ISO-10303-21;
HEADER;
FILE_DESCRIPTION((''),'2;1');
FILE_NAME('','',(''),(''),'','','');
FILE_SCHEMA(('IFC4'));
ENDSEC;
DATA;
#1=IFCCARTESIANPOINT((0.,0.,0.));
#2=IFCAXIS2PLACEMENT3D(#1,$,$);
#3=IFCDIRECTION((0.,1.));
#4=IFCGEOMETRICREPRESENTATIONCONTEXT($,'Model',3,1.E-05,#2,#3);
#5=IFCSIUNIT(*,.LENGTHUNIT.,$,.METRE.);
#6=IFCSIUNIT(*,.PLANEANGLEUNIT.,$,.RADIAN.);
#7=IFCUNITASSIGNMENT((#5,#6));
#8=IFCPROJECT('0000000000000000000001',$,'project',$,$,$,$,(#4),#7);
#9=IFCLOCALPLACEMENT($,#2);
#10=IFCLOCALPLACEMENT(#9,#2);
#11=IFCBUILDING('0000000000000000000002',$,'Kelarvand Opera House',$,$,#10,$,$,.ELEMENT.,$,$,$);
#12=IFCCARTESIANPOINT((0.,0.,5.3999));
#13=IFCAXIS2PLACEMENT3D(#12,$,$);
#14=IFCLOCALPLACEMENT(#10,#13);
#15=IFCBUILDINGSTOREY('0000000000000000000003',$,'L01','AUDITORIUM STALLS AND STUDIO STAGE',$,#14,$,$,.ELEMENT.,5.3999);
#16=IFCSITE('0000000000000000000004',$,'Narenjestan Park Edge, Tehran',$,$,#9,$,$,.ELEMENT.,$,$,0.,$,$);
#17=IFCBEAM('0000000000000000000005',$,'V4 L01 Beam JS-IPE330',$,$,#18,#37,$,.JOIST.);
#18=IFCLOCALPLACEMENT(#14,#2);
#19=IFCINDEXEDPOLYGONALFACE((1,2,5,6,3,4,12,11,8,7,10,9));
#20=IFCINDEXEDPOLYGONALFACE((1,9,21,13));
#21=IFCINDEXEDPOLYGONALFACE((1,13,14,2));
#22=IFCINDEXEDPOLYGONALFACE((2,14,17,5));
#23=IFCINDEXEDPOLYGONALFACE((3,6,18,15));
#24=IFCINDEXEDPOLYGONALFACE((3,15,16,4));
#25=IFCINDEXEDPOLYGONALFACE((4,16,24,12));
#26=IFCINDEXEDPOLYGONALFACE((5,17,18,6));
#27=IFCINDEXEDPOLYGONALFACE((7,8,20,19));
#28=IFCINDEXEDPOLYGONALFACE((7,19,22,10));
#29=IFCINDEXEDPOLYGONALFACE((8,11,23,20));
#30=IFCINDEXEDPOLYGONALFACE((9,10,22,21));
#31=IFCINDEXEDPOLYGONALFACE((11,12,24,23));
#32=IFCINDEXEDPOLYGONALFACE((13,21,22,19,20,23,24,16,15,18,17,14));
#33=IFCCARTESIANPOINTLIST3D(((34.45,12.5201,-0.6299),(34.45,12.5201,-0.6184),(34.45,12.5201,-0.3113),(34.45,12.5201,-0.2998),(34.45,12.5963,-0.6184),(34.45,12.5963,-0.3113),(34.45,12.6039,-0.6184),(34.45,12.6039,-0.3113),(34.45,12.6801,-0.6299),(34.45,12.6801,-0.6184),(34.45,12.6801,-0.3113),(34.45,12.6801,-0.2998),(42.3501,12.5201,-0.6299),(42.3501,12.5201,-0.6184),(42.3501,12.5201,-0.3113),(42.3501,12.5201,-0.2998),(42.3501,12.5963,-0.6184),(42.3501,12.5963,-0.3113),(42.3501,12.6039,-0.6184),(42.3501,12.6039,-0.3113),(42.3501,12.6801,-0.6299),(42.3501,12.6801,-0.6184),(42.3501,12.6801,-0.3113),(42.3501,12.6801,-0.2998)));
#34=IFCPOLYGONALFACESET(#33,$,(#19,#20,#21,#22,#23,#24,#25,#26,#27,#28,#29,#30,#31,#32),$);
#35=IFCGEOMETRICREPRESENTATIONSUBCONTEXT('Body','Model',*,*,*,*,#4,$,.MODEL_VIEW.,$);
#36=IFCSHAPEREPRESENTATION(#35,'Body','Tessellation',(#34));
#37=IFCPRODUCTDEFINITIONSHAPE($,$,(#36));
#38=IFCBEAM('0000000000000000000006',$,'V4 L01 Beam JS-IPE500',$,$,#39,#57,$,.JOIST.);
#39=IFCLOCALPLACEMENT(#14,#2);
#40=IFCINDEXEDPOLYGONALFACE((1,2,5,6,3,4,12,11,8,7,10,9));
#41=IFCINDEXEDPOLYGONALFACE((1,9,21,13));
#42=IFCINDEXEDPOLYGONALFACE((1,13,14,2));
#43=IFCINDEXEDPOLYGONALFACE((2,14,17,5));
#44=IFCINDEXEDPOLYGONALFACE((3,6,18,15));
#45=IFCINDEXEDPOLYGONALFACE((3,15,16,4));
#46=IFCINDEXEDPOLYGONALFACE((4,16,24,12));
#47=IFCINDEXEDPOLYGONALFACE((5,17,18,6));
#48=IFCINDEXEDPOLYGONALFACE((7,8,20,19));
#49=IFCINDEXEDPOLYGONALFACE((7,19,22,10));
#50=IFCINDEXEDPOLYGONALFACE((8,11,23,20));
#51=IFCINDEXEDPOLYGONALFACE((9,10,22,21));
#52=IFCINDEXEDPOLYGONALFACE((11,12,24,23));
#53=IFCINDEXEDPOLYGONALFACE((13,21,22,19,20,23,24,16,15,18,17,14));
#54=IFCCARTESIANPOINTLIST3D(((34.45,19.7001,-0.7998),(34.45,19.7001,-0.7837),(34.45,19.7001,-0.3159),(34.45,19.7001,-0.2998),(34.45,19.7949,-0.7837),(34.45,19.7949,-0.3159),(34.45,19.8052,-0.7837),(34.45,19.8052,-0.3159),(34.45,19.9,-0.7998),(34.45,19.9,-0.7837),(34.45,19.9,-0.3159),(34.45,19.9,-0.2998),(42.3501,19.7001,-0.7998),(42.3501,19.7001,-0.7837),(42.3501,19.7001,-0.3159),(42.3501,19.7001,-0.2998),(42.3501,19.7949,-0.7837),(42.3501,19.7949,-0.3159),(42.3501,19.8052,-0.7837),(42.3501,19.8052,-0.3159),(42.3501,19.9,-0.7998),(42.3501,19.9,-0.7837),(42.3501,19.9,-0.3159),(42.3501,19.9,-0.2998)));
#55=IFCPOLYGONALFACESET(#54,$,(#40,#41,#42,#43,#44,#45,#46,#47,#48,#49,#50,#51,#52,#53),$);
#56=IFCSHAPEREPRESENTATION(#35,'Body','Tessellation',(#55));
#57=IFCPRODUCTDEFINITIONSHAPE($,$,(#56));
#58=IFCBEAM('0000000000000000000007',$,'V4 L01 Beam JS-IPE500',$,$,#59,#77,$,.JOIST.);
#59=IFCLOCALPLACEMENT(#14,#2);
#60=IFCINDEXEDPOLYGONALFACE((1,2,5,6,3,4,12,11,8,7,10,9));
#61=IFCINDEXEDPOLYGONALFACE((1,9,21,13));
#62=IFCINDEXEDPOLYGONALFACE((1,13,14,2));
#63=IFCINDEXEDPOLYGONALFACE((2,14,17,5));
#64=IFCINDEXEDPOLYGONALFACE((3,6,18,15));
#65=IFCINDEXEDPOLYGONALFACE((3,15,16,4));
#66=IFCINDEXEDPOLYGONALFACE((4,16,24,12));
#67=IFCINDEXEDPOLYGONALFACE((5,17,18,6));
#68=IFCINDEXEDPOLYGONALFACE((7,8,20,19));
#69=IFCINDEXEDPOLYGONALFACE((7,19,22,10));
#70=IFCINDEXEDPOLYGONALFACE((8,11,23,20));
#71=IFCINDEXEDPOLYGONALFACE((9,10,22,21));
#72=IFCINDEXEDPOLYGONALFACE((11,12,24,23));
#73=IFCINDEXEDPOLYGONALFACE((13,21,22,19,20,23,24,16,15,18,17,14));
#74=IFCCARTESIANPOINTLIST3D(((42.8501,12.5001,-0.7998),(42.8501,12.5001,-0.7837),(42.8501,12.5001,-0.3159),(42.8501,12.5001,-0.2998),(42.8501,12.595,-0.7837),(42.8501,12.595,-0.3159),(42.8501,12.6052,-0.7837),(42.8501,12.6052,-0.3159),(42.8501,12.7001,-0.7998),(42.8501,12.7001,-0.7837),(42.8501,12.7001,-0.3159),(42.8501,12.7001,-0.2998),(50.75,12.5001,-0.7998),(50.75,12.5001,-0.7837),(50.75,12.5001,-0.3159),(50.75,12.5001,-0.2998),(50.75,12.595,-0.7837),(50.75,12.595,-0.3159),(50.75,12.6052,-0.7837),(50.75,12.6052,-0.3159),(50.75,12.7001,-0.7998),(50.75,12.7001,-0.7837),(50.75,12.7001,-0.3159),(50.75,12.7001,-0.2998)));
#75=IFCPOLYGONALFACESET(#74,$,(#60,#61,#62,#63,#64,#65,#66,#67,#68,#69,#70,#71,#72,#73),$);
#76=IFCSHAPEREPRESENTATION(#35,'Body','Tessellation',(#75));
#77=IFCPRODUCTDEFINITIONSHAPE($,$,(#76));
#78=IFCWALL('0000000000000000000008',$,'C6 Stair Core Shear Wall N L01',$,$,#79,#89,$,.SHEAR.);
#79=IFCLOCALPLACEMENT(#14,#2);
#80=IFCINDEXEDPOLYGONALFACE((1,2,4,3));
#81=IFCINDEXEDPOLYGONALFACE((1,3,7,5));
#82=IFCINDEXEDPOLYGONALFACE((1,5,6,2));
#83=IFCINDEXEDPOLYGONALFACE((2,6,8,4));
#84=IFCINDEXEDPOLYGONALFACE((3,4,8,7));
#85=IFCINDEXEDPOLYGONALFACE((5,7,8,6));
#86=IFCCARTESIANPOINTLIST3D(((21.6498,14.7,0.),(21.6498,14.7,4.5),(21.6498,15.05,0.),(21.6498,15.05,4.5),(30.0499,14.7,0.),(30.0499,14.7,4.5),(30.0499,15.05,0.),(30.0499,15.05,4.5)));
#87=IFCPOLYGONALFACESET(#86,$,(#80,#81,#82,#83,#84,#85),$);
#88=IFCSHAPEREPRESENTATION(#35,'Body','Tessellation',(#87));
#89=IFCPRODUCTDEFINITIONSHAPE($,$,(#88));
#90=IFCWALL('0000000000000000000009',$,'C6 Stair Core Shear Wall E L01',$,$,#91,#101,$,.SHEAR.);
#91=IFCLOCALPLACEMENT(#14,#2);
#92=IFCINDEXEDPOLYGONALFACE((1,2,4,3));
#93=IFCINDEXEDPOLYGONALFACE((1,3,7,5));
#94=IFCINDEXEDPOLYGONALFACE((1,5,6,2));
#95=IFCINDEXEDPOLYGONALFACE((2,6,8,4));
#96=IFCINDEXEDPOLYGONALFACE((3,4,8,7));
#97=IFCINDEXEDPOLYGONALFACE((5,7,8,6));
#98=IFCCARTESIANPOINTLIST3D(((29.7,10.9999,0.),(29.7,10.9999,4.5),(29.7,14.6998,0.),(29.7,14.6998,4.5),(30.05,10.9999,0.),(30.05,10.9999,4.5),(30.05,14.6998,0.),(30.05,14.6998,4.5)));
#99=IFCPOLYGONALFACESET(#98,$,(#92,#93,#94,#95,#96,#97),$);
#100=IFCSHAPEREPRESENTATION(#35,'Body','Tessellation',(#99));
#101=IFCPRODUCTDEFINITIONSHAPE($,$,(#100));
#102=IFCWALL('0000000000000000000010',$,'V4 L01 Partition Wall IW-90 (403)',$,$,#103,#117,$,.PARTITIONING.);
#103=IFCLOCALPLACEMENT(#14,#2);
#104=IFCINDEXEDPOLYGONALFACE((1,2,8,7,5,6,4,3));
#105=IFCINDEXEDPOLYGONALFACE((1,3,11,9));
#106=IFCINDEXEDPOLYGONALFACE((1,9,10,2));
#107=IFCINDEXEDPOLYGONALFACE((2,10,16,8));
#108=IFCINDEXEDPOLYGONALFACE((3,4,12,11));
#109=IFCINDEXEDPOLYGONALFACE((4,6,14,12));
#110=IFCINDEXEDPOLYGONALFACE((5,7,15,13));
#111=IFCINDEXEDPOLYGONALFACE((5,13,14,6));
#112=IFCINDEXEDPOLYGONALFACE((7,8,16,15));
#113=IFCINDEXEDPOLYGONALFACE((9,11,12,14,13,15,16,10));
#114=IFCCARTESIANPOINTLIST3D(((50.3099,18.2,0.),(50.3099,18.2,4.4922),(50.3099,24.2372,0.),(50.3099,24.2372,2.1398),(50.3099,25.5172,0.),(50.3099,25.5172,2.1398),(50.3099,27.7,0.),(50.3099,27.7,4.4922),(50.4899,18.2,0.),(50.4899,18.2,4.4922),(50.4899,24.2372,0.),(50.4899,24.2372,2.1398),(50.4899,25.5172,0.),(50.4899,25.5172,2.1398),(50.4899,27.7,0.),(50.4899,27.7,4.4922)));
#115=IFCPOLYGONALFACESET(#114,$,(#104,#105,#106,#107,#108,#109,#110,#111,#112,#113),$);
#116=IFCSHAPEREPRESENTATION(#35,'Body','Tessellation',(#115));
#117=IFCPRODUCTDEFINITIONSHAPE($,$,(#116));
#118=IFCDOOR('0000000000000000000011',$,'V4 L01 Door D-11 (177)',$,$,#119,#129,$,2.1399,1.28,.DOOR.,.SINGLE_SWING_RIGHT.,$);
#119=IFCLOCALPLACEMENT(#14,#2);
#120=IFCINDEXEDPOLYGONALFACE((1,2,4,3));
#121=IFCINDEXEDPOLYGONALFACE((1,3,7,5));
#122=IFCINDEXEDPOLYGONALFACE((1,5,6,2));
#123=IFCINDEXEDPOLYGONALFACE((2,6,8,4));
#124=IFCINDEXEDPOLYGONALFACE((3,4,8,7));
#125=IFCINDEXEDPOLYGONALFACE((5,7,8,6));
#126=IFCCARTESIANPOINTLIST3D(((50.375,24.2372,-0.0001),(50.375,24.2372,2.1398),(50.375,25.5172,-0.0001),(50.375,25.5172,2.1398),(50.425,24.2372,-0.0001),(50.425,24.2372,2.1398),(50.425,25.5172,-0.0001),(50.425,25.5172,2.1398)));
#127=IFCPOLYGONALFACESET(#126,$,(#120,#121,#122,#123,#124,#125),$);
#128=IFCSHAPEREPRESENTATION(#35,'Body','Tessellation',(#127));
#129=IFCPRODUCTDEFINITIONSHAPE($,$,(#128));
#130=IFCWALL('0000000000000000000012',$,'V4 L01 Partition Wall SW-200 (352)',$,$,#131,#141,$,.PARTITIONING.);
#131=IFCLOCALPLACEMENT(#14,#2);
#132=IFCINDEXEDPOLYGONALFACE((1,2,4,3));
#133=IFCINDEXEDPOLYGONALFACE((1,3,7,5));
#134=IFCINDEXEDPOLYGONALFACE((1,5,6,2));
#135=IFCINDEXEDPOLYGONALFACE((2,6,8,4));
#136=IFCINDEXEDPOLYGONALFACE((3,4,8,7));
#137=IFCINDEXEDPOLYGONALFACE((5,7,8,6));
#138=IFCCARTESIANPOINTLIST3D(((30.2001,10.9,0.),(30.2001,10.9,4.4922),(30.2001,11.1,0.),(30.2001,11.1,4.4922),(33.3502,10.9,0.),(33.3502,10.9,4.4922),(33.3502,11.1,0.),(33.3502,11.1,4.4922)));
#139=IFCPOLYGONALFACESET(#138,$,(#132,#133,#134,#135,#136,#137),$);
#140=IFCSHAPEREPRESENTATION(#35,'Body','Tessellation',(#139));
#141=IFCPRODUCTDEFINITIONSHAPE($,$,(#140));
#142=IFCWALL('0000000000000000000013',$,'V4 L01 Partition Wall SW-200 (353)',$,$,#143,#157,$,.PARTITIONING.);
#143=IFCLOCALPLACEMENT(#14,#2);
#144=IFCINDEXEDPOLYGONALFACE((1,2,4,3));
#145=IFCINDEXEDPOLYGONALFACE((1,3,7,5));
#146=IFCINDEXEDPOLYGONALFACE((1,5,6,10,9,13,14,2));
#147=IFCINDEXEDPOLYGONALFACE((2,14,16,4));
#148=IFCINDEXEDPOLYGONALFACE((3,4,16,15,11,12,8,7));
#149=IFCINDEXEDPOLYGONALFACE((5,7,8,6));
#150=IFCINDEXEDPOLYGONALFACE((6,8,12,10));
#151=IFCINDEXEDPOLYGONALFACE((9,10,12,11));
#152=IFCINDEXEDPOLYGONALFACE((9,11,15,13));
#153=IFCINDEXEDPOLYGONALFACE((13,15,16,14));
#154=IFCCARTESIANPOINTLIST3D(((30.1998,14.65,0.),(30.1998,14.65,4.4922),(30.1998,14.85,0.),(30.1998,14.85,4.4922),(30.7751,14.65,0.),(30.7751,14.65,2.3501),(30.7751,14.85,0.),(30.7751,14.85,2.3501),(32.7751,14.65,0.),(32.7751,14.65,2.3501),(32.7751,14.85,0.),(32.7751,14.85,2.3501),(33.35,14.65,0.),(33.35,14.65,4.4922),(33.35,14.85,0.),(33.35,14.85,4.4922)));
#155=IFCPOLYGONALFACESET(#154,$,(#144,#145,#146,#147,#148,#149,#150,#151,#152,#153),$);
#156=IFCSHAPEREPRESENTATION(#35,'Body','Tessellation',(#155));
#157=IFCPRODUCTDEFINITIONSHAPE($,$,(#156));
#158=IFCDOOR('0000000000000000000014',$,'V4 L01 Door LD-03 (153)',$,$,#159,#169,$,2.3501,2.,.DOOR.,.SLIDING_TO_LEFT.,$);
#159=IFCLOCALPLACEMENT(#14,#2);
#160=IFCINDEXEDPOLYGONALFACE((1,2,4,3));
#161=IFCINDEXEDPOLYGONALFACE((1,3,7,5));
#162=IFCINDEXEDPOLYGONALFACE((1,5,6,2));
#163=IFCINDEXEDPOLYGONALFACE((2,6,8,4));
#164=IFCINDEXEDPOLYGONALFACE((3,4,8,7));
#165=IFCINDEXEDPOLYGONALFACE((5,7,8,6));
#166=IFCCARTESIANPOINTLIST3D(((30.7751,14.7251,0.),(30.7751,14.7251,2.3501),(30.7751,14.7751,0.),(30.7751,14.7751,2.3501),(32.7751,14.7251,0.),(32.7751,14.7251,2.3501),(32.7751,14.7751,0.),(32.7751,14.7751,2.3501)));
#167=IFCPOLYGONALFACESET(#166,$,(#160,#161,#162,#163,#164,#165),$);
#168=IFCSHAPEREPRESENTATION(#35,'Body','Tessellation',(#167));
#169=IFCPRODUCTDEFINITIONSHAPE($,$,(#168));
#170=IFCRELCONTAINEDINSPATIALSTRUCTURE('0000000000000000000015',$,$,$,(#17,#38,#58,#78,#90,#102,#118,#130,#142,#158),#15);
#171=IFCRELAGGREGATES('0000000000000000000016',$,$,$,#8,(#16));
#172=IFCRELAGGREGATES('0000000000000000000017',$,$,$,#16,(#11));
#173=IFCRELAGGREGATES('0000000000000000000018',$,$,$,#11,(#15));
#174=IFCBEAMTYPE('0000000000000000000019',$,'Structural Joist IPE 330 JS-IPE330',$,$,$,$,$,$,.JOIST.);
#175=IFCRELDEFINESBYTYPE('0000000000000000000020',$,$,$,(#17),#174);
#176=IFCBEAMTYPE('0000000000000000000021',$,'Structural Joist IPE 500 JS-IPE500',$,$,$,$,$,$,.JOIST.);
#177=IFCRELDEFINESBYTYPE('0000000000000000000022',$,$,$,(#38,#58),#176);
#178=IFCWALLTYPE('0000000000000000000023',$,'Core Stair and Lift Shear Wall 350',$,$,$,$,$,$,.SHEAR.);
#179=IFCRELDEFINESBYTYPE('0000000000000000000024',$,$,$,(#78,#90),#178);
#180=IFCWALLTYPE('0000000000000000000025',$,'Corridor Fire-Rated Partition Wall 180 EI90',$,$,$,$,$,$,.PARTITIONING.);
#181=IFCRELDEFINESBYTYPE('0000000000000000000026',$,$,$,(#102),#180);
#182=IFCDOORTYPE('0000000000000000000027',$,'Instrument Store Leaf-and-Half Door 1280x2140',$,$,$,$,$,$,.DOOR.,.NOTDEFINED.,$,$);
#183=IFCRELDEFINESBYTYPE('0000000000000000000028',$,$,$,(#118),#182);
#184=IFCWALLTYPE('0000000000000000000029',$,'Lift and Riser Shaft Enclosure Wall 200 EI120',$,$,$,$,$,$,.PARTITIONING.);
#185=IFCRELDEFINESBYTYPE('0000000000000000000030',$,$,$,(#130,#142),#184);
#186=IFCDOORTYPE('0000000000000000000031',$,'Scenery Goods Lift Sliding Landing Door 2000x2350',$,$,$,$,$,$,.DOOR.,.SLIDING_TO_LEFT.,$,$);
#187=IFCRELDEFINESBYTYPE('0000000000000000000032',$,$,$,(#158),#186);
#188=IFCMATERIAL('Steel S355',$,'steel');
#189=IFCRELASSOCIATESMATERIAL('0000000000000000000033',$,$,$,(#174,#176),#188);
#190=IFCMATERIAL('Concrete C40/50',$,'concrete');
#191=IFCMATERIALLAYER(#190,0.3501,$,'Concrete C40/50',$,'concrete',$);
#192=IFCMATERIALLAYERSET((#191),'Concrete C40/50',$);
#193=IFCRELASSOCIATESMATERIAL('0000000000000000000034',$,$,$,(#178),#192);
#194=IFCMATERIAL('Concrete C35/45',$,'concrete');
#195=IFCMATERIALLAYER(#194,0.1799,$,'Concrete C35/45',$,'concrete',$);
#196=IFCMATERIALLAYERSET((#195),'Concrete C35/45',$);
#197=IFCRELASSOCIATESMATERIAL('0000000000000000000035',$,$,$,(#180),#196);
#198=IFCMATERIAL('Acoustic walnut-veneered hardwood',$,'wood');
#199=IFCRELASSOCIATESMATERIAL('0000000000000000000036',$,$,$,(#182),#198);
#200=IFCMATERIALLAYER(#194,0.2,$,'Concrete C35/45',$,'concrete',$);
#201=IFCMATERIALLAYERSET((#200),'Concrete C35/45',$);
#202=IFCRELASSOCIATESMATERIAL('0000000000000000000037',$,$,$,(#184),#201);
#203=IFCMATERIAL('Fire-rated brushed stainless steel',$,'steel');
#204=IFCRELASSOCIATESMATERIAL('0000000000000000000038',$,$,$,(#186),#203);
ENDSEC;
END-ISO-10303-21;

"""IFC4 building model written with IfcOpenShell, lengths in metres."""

from ifc_helpers import new_model, si_unit, direction, frame, frame_2d, origin, origin_2d, place, context, subcontext, project, spatial, rectangle, i_section, extrude, material, layer, layer_set, material_profile, profile_set, type_object, element, fill, save


model = new_model("IFC4")

# Units and contexts
model_context = context("Model", 3, precision=1e-05, world=origin(), true_north=direction((0.0, 1.0)))
body_context = subcontext(model_context, "Body", "Model", "MODEL_VIEW")
ifc_project = project(units=[si_unit("LENGTHUNIT", "METRE"), si_unit("PLANEANGLEUNIT", "RADIAN")], contexts=[model_context])

# Site, building, storey
site_placement = place(None, origin())
site = spatial("IfcSite", under=ifc_project, at=site_placement, Name="Narenjestan Park Edge, Tehran", CompositionType="ELEMENT", RefElevation=0.0)
building_placement = place(site_placement, origin())
building = spatial("IfcBuilding", under=site, at=building_placement, Name="Kelarvand Opera House", CompositionType="ELEMENT")
storey_placement = place(building_placement, frame((0.0, 0.0, 5.3999)))
storey = spatial("IfcBuildingStorey", under=building, at=storey_placement, Name="L01", Description="AUDITORIUM STALLS AND STUDIO STAGE", CompositionType="ELEMENT", Elevation=5.3999)

# Shared definitions
ifc_material_1 = material(Name="Concrete C40/50", Category="concrete")

# Beams
ifc_material_2 = material(Name="Concrete C35/45", Category="concrete")
ifc_material_3 = material(Name="Steel S355", Category="steel")
ifc_material_profile_1 = material_profile(ifc_material_3, i_section(OverallWidth=0.1599, OverallDepth=0.3301, WebThickness=0.0076, FlangeThickness=0.0115, at=origin_2d()), Name="IPE 330", Category="steel")
ifc_profile_set_1 = profile_set([ifc_material_profile_1], Name="Steel S355")
beam_type_1 = type_object("IfcBeamType", Name="Structural Joist IPE 330 JS-IPE330", PredefinedType="JOIST", material=ifc_profile_set_1)
beam_1_placement = place(storey_placement, frame((34.45, 12.6001, -0.4648), z_axis=(1.0, 0.0, 0.0), x_axis=(0.0, 1.0, 0.0)))
element("IfcBeam", 1, at=beam_1_placement, inside=storey, type_object=beam_type_1, Name="V4 L01 Beam JS-IPE330", PredefinedType="JOIST", context=body_context, shape_type="SweptSolid", body=[
    extrude(i_section(OverallWidth=0.1599, OverallDepth=0.3301, WebThickness=0.0076, FlangeThickness=0.0115, at=origin_2d()), origin(), (0.0, 0.0, 1.0), 7.9001),
])
ifc_material_profile_2 = material_profile(ifc_material_3, i_section(OverallWidth=0.2, OverallDepth=0.5, WebThickness=0.0103, FlangeThickness=0.0161, at=origin_2d()), Name="IPE 500", Category="steel")
ifc_profile_set_2 = profile_set([ifc_material_profile_2], Name="Steel S355")
beam_type_2 = type_object("IfcBeamType", Name="Structural Joist IPE 500 JS-IPE500", PredefinedType="JOIST", material=ifc_profile_set_2)
beam_2_placement = place(storey_placement, frame((34.45, 19.8, -0.5498), z_axis=(1.0, 0.0, 0.0), x_axis=(0.0, 1.0, 0.0)))
element("IfcBeam", 2, at=beam_2_placement, inside=storey, type_object=beam_type_2, Name="V4 L01 Beam JS-IPE500", PredefinedType="JOIST", context=body_context, shape_type="SweptSolid", body=[
    extrude(i_section(OverallWidth=0.2, OverallDepth=0.5, WebThickness=0.0103, FlangeThickness=0.0161, at=origin_2d()), origin(), (0.0, 0.0, 1.0), 7.9001),
])
beam_3_placement = place(storey_placement, frame((42.8501, 12.6001, -0.5498), z_axis=(1.0, 0.0, 0.0), x_axis=(0.0, 1.0, 0.0)))
element("IfcBeam", 3, at=beam_3_placement, inside=storey, type_object=beam_type_2, Name="V4 L01 Beam JS-IPE500", PredefinedType="JOIST", context=body_context, shape_type="SweptSolid", body=[
    extrude(i_section(OverallWidth=0.2, OverallDepth=0.5, WebThickness=0.0103, FlangeThickness=0.0161, at=origin_2d()), origin(), (0.0, 0.0, 1.0), 7.8999),
])

# Walls
ifc_layer_1 = layer(ifc_material_1, 0.3501, Name="Concrete C40/50", Category="concrete")
ifc_layer_set_1 = layer_set([ifc_layer_1], Name="Concrete C40/50")
wall_type_1 = type_object("IfcWallType", Name="Core Stair and Lift Shear Wall 350", PredefinedType="SHEAR", material=ifc_layer_set_1)
wall_1_placement = place(storey_placement, frame((30.05, 14.875, 0.0), z_axis=(0.0, 0.0, 1.0), x_axis=(-1.0, 0.0, 0.0)))
element("IfcWall", 4, at=wall_1_placement, inside=storey, type_object=wall_type_1, Name="C6 Stair Core Shear Wall N L01", PredefinedType="SHEAR", context=body_context, shape_type="SweptSolid", body=[
    extrude(rectangle(XDim=8.4001, YDim=0.3501, at=frame_2d((4.2002, 0.0))), origin(), (0.0, 0.0, 1.0), 4.5),
])
wall_2_placement = place(storey_placement, frame((29.875, 14.7, 0.0), z_axis=(0.0, 0.0, 1.0), x_axis=(0.0, -1.0, 0.0)))
element("IfcWall", 5, at=wall_2_placement, inside=storey, type_object=wall_type_1, Name="C6 Stair Core Shear Wall E L01", PredefinedType="SHEAR", context=body_context, shape_type="SweptSolid", body=[
    extrude(rectangle(XDim=3.7, YDim=0.3501, at=frame_2d((1.8501, 0.0))), origin(), (0.0, 0.0, 1.0), 4.5),
])

# Wall, opening, door
ifc_layer_2 = layer(ifc_material_2, 0.1799, Name="Concrete C35/45", Category="concrete")
ifc_layer_set_2 = layer_set([ifc_layer_2], Name="Concrete C35/45")
wall_type_2 = type_object("IfcWallType", Name="Corridor Fire-Rated Partition Wall 180 EI90", PredefinedType="PARTITIONING", material=ifc_layer_set_2)
wall_3_placement = place(storey_placement, frame((50.3999, 18.2, 0.0), z_axis=(0.0, 0.0, 1.0), x_axis=(0.0, 1.0, 0.0)))
wall_3 = element("IfcWall", 6, at=wall_3_placement, inside=storey, type_object=wall_type_2, Name="V4 L01 Partition Wall IW-90 (403)", PredefinedType="PARTITIONING", context=body_context, shape_type="SweptSolid", body=[
    extrude(rectangle(XDim=9.5, YDim=0.1799, at=frame_2d((4.75, 0.0))), origin(), (0.0, 0.0, 1.0), 4.4922),
])
opening_1_placement = place(wall_3_placement, frame((6.0371, 0.0, 0.0)))
opening_1 = element("IfcOpeningElement", 7, at=opening_1_placement, cuts=wall_3, PredefinedType="OPENING", context=body_context, shape_type="SweptSolid", body=[
    extrude(rectangle(XDim=1.28, YDim=2.1399, at=frame_2d((0.6401, 1.0698))), frame((0.0, 0.1001, 0.0), z_axis=(0.0, -1.0, 0.0), x_axis=(1.0, 0.0, 0.0)), (0.0, 0.0, 1.0), 0.2),
])
ifc_material_4 = material(Name="Acoustic walnut-veneered hardwood", Category="wood")
door_type_1 = type_object("IfcDoorType", Name="Instrument Store Leaf-and-Half Door 1280x2140", OperationType="NOTDEFINED", PredefinedType="DOOR", material=ifc_material_4)
door_1_placement = place(opening_1_placement, origin())
door_1 = element("IfcDoor", 8, at=door_1_placement, inside=storey, type_object=door_type_1, Name="V4 L01 Door D-11 (177)", OperationType="SINGLE_SWING_RIGHT", OverallHeight=2.1399, OverallWidth=1.28, PredefinedType="DOOR", context=body_context, shape_type="SweptSolid", body=[
    extrude(rectangle(XDim=1.28, YDim=2.1399, at=frame_2d((0.6401, 1.0698))), frame((0.0, 0.0249, 0.0), z_axis=(0.0, -1.0, 0.0), x_axis=(1.0, 0.0, 0.0)), (0.0, 0.0, 1.0), 0.05),
])
fill(opening_1, door_1)

# Wall
ifc_layer_3 = layer(ifc_material_2, 0.2, Name="Concrete C35/45", Category="concrete")
ifc_layer_set_3 = layer_set([ifc_layer_3], Name="Concrete C35/45")
wall_type_3 = type_object("IfcWallType", Name="Lift and Riser Shaft Enclosure Wall 200 EI120", PredefinedType="PARTITIONING", material=ifc_layer_set_3)
wall_4_placement = place(storey_placement, frame((30.2, 11.0, 0.0), z_axis=(0.0, 0.0, 1.0), x_axis=(1.0, 0.0, 0.0)))
element("IfcWall", 9, at=wall_4_placement, inside=storey, type_object=wall_type_3, Name="V4 L01 Partition Wall SW-200 (352)", PredefinedType="PARTITIONING", context=body_context, shape_type="SweptSolid", body=[
    extrude(rectangle(XDim=3.1501, YDim=0.2, at=frame_2d((1.5752, 0.0))), origin(), (0.0, 0.0, 1.0), 4.4922),
])

# Wall, opening, door
wall_5_placement = place(storey_placement, frame((33.3501, 14.75, 0.0), z_axis=(0.0, 0.0, 1.0), x_axis=(-1.0, 0.0, 0.0)))
wall_5 = element("IfcWall", 10, at=wall_5_placement, inside=storey, type_object=wall_type_3, Name="V4 L01 Partition Wall SW-200 (353)", PredefinedType="PARTITIONING", context=body_context, shape_type="SweptSolid", body=[
    extrude(rectangle(XDim=3.1501, YDim=0.2, at=frame_2d((1.5752, 0.0))), origin(), (0.0, 0.0, 1.0), 4.4922),
])
opening_2_placement = place(wall_5_placement, frame((0.575, 0.0, 0.0)))
opening_2 = element("IfcOpeningElement", 11, at=opening_2_placement, cuts=wall_5, PredefinedType="OPENING", context=body_context, shape_type="SweptSolid", body=[
    extrude(rectangle(XDim=2.0, YDim=2.3501, at=frame_2d((1.0, 1.175))), frame((0.0, 0.1099, 0.0), z_axis=(0.0, -1.0, 0.0), x_axis=(1.0, 0.0, 0.0)), (0.0, 0.0, 1.0), 0.22),
])
ifc_material_5 = material(Name="Fire-rated brushed stainless steel", Category="steel")
door_type_2 = type_object("IfcDoorType", Name="Scenery Goods Lift Sliding Landing Door 2000x2350", OperationType="SLIDING_TO_LEFT", PredefinedType="DOOR", material=ifc_material_5)
door_2_placement = place(opening_2_placement, origin())
door_2 = element("IfcDoor", 12, at=door_2_placement, inside=storey, type_object=door_type_2, Name="V4 L01 Door LD-03 (153)", OperationType="SLIDING_TO_LEFT", OverallHeight=2.3501, OverallWidth=2.0, PredefinedType="DOOR", context=body_context, shape_type="SweptSolid", body=[
    extrude(rectangle(XDim=2.0, YDim=2.3501, at=frame_2d((1.0, 1.175))), frame((0.0, 0.0249, 0.0), z_axis=(0.0, -1.0, 0.0), x_axis=(1.0, 0.0, 0.0)), (0.0, 0.0, 1.0), 0.05),
])
fill(opening_2, door_2)

save(model, "model.ifc")
